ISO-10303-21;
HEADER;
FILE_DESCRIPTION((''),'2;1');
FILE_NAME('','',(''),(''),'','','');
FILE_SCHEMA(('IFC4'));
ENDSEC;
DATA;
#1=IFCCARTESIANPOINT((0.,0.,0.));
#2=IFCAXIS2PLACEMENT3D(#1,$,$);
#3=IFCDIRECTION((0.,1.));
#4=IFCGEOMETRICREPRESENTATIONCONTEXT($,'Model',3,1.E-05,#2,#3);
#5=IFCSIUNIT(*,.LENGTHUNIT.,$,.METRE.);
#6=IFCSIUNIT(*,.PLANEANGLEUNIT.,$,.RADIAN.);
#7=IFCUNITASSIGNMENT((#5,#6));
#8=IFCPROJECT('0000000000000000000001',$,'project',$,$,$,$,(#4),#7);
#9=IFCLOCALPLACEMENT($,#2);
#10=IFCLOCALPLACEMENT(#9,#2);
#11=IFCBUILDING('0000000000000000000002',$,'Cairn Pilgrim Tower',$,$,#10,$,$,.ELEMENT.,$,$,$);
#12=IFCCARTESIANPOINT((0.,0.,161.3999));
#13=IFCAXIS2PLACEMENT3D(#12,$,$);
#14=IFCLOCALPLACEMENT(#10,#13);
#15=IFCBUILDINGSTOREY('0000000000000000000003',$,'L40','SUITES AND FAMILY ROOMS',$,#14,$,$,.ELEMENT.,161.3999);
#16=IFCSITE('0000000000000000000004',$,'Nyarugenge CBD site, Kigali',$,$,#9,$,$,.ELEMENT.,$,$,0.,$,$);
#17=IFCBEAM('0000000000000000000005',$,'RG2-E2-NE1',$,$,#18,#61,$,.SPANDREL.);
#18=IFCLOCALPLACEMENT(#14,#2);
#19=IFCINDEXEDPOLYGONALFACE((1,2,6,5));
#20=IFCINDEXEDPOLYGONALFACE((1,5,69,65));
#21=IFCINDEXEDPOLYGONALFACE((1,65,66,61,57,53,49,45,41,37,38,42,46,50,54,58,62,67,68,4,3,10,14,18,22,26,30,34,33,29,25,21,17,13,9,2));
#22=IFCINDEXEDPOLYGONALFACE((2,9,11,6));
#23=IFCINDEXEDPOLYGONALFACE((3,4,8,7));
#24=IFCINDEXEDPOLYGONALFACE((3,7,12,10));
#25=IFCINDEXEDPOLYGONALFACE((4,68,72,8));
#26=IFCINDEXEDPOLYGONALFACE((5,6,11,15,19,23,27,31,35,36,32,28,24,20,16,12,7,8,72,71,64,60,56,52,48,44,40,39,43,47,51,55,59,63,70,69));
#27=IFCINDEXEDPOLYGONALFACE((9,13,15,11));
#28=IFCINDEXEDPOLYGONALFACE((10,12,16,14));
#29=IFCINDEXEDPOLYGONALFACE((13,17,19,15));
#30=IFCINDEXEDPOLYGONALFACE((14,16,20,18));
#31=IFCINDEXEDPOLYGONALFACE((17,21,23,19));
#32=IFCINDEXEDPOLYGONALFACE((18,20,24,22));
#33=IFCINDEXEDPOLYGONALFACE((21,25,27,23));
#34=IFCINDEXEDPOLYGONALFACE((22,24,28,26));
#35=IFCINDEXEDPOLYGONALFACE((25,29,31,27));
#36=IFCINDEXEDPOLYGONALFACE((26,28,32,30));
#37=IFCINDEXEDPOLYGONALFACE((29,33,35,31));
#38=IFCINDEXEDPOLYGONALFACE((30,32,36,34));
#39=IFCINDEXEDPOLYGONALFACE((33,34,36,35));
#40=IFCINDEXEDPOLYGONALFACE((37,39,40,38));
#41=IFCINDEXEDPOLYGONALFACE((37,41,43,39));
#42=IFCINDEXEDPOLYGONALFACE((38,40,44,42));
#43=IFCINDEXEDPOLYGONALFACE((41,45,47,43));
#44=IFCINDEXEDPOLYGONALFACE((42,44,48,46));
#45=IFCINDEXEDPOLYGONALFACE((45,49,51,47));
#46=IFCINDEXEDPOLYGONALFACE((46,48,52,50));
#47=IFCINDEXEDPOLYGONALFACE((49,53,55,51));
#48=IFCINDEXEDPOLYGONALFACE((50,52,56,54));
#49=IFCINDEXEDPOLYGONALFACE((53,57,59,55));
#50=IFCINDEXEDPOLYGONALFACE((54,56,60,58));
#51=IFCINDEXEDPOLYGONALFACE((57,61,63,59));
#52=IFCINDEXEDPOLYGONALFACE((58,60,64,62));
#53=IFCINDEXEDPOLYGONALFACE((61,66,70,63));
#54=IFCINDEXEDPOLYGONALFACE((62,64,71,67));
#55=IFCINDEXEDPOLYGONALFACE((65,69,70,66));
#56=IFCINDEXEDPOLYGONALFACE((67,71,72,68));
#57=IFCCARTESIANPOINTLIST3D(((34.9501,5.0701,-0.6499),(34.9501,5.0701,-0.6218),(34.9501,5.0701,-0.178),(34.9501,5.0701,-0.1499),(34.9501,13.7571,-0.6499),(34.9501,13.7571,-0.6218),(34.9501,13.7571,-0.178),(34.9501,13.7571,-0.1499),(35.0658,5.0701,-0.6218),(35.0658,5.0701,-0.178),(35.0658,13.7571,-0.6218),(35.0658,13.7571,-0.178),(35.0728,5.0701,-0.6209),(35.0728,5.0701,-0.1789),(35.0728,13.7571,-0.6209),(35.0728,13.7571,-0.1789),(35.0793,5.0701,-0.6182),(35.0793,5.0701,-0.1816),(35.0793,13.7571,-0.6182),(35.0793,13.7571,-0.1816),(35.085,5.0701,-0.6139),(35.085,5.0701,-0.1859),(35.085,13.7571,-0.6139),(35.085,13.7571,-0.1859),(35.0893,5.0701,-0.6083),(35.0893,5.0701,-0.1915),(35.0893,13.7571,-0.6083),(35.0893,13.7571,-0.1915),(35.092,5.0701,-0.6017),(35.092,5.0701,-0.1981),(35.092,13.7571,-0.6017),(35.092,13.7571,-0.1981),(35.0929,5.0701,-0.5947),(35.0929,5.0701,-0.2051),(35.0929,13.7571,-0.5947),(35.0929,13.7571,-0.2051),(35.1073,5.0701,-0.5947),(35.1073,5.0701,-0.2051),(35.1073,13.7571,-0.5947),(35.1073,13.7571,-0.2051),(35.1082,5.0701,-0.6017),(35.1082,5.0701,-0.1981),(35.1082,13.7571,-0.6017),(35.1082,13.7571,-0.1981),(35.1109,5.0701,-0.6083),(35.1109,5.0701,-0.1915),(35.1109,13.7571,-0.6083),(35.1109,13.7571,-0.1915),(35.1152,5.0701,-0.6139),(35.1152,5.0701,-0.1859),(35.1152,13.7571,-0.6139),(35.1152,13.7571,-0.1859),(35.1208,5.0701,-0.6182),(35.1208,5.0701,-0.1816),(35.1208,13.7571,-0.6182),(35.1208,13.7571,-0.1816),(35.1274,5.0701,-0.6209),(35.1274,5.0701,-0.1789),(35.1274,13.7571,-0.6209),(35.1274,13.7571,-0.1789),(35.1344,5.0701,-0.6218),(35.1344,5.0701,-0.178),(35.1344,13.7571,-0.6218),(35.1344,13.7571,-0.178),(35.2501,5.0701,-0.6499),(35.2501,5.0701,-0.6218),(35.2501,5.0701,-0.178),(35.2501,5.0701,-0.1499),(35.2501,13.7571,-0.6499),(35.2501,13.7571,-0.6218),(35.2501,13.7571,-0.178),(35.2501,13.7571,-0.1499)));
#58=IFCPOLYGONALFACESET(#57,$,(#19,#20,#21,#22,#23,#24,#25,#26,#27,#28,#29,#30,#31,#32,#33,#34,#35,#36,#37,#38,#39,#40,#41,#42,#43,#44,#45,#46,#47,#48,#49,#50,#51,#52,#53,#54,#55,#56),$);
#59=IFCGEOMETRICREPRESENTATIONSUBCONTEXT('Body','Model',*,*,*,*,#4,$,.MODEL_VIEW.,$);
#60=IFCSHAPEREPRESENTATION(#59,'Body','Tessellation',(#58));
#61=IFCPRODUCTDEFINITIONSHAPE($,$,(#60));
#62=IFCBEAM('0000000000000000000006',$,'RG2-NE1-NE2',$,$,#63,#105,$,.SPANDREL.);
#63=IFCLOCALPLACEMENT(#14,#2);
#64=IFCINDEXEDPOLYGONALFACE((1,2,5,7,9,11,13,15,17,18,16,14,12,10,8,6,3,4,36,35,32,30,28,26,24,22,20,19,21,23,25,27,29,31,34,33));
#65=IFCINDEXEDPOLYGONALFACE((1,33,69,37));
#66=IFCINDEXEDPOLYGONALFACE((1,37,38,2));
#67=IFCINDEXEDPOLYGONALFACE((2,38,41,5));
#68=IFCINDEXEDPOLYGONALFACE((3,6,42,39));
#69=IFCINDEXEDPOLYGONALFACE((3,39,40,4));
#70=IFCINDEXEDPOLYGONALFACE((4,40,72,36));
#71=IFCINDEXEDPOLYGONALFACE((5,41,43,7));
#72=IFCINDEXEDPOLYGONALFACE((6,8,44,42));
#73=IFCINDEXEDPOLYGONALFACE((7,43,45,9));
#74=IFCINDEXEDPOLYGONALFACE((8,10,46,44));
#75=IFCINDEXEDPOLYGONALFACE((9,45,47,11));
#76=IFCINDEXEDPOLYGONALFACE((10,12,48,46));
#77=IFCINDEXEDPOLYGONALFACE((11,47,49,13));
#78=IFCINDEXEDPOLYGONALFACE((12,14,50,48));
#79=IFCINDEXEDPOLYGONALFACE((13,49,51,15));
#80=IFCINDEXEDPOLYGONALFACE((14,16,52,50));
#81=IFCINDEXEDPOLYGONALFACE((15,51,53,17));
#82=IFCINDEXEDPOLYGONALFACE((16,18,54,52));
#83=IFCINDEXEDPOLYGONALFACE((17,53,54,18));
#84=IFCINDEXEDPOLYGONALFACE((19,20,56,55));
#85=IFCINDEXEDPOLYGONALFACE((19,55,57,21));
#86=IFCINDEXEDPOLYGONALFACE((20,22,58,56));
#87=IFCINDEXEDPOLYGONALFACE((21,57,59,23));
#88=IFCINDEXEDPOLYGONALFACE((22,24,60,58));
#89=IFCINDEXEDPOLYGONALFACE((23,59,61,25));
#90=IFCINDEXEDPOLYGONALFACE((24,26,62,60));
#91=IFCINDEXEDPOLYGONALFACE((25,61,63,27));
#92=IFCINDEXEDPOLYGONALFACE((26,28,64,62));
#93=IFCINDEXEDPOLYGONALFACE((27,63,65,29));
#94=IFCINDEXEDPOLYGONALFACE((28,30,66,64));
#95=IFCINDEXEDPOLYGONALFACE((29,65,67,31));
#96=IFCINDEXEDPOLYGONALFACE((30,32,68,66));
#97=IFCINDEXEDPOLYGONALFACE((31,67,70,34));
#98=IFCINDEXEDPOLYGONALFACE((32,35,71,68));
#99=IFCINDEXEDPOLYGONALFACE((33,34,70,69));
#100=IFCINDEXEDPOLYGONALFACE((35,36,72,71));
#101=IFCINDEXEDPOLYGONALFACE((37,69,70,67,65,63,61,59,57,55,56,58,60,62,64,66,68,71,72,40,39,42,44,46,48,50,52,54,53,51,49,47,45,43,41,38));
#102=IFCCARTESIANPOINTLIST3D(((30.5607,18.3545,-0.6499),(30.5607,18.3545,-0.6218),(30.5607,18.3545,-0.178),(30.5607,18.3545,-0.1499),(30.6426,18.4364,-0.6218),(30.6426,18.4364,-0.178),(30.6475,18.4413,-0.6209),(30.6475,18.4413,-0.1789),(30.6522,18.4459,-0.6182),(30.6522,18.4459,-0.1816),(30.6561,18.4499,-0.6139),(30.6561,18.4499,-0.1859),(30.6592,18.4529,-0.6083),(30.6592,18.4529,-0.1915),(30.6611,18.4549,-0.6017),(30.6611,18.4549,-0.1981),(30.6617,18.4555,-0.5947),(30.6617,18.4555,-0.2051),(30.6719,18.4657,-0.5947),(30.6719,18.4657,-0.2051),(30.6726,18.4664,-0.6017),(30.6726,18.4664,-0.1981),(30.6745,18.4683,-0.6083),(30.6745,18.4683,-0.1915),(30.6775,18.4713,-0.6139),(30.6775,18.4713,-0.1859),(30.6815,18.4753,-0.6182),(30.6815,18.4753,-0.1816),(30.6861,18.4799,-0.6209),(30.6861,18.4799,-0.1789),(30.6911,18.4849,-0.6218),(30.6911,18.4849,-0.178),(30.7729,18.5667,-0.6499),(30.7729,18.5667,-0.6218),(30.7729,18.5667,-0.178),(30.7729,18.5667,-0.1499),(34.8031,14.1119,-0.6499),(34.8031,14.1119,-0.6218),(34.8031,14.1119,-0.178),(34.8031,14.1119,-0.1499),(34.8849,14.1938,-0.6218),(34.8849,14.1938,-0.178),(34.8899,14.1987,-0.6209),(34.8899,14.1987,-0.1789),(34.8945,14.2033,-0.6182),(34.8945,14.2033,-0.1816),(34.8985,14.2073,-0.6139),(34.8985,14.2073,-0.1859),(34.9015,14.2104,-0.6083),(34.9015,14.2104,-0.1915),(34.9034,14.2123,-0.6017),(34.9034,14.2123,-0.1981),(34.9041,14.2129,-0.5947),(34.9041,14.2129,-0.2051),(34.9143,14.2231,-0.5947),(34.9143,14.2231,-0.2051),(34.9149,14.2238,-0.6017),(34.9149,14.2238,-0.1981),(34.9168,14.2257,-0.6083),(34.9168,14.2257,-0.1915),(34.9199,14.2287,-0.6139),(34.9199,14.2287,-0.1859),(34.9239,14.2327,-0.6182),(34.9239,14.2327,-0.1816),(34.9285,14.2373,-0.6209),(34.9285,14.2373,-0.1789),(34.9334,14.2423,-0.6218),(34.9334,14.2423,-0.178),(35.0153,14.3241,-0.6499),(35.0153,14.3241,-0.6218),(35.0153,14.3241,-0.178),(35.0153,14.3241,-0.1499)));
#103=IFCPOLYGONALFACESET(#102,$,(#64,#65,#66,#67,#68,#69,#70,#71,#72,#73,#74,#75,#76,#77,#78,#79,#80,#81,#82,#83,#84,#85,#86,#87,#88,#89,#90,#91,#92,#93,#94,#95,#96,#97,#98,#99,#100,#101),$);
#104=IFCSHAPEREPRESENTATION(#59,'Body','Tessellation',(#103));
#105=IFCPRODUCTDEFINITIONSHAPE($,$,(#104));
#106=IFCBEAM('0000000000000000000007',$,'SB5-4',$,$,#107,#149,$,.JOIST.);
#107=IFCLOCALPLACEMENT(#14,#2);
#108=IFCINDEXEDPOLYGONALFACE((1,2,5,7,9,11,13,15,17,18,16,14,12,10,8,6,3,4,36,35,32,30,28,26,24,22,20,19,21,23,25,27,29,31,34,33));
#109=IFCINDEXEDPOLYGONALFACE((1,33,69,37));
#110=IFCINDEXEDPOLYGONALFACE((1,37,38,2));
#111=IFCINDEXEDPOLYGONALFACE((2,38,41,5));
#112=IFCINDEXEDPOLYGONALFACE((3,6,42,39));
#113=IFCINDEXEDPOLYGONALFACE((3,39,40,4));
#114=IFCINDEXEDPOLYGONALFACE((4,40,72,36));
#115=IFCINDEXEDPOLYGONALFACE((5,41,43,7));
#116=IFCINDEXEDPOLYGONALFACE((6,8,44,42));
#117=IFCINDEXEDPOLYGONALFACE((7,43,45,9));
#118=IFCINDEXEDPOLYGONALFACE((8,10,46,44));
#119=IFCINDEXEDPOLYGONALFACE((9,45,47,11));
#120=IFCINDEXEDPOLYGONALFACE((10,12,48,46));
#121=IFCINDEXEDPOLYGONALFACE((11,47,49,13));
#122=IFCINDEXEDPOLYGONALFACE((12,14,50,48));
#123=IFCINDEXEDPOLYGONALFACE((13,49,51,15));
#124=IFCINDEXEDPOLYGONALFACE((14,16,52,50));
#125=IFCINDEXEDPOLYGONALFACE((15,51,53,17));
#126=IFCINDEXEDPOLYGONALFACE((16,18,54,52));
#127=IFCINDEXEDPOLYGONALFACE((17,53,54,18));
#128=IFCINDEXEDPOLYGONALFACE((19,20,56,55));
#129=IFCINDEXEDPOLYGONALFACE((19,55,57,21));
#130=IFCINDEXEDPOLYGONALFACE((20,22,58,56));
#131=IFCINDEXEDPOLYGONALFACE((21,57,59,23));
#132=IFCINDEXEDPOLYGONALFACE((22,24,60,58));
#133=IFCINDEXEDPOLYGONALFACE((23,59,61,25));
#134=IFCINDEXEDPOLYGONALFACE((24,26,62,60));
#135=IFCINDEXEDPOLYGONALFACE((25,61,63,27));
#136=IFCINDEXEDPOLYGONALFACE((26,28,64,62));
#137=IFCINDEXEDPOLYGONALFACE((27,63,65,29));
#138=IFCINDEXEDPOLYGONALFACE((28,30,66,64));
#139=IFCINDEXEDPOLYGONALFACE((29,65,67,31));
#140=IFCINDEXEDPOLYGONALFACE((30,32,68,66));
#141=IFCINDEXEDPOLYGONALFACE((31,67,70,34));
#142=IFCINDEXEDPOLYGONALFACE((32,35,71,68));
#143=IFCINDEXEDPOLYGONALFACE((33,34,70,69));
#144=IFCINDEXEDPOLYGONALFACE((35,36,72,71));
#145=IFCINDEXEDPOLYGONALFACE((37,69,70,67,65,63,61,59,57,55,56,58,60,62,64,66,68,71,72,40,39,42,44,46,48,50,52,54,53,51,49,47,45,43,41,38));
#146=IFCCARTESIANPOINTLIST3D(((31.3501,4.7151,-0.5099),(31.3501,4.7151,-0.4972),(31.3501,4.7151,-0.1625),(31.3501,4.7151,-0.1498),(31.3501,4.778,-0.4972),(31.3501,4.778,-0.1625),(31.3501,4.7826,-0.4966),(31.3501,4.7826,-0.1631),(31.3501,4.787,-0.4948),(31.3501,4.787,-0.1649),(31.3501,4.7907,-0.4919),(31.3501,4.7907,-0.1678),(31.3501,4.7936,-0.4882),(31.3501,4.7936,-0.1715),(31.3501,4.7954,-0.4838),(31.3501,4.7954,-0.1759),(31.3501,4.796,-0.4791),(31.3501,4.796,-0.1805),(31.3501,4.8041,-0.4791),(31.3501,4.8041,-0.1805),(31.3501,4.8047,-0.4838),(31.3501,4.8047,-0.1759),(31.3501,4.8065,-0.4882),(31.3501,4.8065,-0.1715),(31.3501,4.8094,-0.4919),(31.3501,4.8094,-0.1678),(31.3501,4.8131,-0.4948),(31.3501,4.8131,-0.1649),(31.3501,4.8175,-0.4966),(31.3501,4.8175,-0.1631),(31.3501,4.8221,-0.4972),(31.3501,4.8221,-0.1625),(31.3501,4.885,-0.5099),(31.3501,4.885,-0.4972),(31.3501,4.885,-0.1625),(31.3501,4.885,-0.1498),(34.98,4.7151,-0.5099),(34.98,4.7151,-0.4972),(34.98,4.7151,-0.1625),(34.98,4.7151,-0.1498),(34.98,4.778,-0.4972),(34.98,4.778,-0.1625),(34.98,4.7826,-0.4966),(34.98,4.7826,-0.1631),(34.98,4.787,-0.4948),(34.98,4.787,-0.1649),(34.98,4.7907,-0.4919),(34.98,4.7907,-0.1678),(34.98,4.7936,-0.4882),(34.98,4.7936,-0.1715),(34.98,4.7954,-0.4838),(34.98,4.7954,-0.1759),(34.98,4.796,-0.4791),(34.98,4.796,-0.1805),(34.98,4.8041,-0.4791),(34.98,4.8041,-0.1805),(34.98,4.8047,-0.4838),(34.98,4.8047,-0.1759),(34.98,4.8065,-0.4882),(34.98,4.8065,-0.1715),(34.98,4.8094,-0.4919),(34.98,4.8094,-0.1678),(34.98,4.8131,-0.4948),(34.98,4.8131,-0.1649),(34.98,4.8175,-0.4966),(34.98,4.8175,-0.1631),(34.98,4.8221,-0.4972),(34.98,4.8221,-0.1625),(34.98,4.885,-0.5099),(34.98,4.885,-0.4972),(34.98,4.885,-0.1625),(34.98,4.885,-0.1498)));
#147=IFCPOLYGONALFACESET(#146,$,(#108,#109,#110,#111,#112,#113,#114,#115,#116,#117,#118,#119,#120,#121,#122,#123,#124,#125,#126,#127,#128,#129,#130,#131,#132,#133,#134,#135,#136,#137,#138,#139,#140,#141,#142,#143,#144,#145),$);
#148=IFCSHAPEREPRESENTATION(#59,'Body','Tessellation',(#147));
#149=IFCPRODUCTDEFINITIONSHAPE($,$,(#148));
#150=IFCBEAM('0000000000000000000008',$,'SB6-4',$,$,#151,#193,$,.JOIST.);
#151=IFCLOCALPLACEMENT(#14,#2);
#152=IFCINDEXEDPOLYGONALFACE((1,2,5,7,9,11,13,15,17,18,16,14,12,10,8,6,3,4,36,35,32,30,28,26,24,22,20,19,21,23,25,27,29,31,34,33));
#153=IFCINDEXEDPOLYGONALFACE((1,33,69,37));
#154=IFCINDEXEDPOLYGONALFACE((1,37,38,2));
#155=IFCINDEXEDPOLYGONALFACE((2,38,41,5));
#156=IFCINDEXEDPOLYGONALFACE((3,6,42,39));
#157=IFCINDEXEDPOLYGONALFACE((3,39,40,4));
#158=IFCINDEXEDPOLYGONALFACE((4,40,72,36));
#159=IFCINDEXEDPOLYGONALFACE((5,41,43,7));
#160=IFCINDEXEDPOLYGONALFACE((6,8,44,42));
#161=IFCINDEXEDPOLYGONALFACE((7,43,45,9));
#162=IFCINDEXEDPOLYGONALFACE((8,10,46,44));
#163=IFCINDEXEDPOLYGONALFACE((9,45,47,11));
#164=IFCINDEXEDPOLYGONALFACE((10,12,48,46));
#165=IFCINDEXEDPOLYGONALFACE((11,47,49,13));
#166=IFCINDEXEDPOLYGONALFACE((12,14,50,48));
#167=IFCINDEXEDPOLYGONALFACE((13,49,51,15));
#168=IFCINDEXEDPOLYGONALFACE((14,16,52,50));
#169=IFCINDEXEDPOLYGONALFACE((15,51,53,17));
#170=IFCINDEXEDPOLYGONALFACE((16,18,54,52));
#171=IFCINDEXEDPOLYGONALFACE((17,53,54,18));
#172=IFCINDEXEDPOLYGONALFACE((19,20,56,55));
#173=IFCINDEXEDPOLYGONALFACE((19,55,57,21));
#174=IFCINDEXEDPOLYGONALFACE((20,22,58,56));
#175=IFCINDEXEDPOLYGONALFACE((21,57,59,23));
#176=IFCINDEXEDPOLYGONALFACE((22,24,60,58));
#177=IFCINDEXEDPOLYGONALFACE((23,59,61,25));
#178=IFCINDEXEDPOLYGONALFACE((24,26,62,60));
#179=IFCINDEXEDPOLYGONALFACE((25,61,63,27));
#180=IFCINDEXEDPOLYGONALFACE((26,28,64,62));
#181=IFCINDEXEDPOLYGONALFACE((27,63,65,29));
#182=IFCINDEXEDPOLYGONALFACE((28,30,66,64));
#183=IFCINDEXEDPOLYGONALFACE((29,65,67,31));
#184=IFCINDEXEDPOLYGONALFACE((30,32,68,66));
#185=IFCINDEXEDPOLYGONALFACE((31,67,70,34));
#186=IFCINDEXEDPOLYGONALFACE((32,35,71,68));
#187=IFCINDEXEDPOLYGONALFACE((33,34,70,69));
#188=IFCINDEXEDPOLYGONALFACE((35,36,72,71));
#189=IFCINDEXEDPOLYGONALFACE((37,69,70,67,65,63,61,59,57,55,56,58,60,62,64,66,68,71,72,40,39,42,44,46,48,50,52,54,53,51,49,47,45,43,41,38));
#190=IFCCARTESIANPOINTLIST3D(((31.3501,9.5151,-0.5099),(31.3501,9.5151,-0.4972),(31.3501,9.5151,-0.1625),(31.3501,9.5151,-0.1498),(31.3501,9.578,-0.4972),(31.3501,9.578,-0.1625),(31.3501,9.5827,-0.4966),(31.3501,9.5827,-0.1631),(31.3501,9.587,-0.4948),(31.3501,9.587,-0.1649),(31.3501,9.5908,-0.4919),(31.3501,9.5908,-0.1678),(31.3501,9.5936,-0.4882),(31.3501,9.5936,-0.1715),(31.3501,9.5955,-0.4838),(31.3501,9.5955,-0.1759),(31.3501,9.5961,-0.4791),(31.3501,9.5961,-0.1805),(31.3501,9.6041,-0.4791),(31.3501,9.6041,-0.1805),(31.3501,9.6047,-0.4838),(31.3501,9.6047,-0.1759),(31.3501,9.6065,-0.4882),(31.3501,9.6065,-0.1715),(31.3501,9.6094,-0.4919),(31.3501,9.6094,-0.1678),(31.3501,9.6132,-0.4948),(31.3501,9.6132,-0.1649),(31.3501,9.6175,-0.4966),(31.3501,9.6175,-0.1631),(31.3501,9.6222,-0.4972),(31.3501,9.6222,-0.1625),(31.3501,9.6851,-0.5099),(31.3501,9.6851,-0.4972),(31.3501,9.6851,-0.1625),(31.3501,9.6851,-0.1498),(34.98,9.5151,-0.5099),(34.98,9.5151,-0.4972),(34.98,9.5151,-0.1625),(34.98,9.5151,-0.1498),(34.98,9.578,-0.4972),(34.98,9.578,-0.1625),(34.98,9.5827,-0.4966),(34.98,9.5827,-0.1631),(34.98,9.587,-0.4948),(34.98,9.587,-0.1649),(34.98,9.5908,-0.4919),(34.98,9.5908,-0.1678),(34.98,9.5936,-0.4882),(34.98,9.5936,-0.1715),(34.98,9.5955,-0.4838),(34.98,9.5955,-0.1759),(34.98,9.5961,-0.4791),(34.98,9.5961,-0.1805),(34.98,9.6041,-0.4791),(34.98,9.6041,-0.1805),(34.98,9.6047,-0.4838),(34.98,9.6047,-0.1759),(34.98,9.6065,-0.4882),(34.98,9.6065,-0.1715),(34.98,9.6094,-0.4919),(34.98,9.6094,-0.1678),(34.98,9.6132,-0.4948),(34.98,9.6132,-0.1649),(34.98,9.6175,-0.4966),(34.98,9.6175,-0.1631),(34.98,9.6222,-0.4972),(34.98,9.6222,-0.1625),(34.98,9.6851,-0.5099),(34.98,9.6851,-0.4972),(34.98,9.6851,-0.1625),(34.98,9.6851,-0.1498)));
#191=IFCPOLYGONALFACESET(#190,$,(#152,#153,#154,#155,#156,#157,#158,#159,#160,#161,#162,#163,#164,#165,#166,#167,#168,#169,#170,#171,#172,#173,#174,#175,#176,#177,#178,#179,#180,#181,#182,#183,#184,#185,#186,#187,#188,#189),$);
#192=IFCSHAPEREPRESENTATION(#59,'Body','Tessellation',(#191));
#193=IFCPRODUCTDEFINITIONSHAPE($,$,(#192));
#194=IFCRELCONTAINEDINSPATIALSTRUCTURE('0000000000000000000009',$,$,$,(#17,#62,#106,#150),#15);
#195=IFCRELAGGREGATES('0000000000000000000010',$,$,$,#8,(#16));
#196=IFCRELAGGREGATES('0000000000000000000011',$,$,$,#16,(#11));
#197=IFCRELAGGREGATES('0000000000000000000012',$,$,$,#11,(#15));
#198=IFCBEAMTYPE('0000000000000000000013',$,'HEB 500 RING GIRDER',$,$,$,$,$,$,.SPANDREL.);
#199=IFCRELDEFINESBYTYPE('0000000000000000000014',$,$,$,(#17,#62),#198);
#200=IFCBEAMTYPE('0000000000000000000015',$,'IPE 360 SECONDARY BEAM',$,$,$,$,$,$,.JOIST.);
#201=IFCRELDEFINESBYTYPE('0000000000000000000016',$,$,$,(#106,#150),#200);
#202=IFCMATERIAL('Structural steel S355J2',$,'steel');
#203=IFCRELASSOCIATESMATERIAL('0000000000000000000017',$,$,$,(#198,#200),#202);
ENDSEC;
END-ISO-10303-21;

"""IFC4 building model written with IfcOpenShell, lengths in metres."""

from ifc_helpers import new_model, si_unit, direction, frame, origin, origin_2d, place, context, subcontext, project, spatial, i_section, extrude, material, material_profile, profile_set, type_object, element, save


model = new_model("IFC4")

# Units and contexts
model_context = context("Model", 3, precision=1e-05, world=origin(), true_north=direction((0.0, 1.0)))
body_context = subcontext(model_context, "Body", "Model", "MODEL_VIEW")
ifc_project = project(units=[si_unit("LENGTHUNIT", "METRE"), si_unit("PLANEANGLEUNIT", "RADIAN")], contexts=[model_context])

# Site, building, storey
site_placement = place(None, origin())
site = spatial("IfcSite", under=ifc_project, at=site_placement, Name="Nyarugenge CBD site, Kigali", CompositionType="ELEMENT", RefElevation=0.0)
building_placement = place(site_placement, origin())
building = spatial("IfcBuilding", under=site, at=building_placement, Name="Cairn Pilgrim Tower", CompositionType="ELEMENT")
storey_placement = place(building_placement, frame((0.0, 0.0, 161.3999)))
storey = spatial("IfcBuildingStorey", under=building, at=storey_placement, Name="L40", Description="SUITES AND FAMILY ROOMS", CompositionType="ELEMENT", Elevation=161.3999)

# Beams
ifc_material_1 = material(Name="Structural steel S355J2", Category="steel")
ifc_material_profile_1 = material_profile(ifc_material_1, i_section(OverallWidth=0.3, OverallDepth=0.5, WebThickness=0.0144, FlangeThickness=0.0281, FilletRadius=0.0271, at=origin_2d()), Name="HEB 500")
ifc_profile_set_1 = profile_set([ifc_material_profile_1], Name="Structural steel S355J2")
beam_type_1 = type_object("IfcBeamType", Name="HEB 500 RING GIRDER", PredefinedType="SPANDREL", material=ifc_profile_set_1)
beam_1_placement = place(storey_placement, frame((35.1001, 5.0701, -0.3999), z_axis=(0.0, 1.0, 0.0), x_axis=(-1.0, 0.0, 0.0)))
element("IfcBeam", 1, at=beam_1_placement, inside=storey, type_object=beam_type_1, Name="RG2-E2-NE1", PredefinedType="SPANDREL", context=body_context, shape_type="SweptSolid", body=[
    extrude(i_section(OverallWidth=0.3, OverallDepth=0.5, WebThickness=0.0144, FlangeThickness=0.0281, FilletRadius=0.0271, at=origin_2d()), origin(), (0.0, 0.0, 1.0), 8.687),
])
beam_2_placement = place(storey_placement, frame((34.9092, 14.218, -0.3999), z_axis=(-0.707086, 0.707127, 0.0), x_axis=(-0.707127, -0.707086, 0.0)))
element("IfcBeam", 2, at=beam_2_placement, inside=storey, type_object=beam_type_1, Name="RG2-NE1-NE2", PredefinedType="SPANDREL", context=body_context, shape_type="SweptSolid", body=[
    extrude(i_section(OverallWidth=0.3, OverallDepth=0.5, WebThickness=0.0144, FlangeThickness=0.0281, FilletRadius=0.0271, at=origin_2d()), origin(), (0.0, 0.0, 1.0), 5.9998),
])
ifc_material_profile_2 = material_profile(ifc_material_1, i_section(OverallWidth=0.1699, OverallDepth=0.3601, WebThickness=0.0081, FlangeThickness=0.0127, FilletRadius=0.0181, at=origin_2d()), Name="IPE 360")
ifc_profile_set_2 = profile_set([ifc_material_profile_2], Name="Structural steel S355J2")
beam_type_2 = type_object("IfcBeamType", Name="IPE 360 SECONDARY BEAM", PredefinedType="JOIST", material=ifc_profile_set_2)
for number, where, z_axis, x_axis, name in (
    (3, (31.3501, 4.8, -0.3298), (1.0, 0.0, 0.0), (0.0, 1.0, 0.0), "SB5-4"),
    (4, (31.3501, 9.6001, -0.3298), (1.0, 0.0, 0.0), (0.0, 1.0, 0.0), "SB6-4"),
):
    element("IfcBeam", number, at=place(storey_placement, frame(where, z_axis=z_axis, x_axis=x_axis)), inside=storey, type_object=beam_type_2, Name=name, PredefinedType="JOIST", context=body_context, shape_type="SweptSolid", body=[
        extrude(i_section(OverallWidth=0.1699, OverallDepth=0.3601, WebThickness=0.0081, FlangeThickness=0.0127, FilletRadius=0.0181, at=origin_2d()), origin(), (0.0, 0.0, 1.0), 3.6299),
    ])

save(model, "model.ifc")
